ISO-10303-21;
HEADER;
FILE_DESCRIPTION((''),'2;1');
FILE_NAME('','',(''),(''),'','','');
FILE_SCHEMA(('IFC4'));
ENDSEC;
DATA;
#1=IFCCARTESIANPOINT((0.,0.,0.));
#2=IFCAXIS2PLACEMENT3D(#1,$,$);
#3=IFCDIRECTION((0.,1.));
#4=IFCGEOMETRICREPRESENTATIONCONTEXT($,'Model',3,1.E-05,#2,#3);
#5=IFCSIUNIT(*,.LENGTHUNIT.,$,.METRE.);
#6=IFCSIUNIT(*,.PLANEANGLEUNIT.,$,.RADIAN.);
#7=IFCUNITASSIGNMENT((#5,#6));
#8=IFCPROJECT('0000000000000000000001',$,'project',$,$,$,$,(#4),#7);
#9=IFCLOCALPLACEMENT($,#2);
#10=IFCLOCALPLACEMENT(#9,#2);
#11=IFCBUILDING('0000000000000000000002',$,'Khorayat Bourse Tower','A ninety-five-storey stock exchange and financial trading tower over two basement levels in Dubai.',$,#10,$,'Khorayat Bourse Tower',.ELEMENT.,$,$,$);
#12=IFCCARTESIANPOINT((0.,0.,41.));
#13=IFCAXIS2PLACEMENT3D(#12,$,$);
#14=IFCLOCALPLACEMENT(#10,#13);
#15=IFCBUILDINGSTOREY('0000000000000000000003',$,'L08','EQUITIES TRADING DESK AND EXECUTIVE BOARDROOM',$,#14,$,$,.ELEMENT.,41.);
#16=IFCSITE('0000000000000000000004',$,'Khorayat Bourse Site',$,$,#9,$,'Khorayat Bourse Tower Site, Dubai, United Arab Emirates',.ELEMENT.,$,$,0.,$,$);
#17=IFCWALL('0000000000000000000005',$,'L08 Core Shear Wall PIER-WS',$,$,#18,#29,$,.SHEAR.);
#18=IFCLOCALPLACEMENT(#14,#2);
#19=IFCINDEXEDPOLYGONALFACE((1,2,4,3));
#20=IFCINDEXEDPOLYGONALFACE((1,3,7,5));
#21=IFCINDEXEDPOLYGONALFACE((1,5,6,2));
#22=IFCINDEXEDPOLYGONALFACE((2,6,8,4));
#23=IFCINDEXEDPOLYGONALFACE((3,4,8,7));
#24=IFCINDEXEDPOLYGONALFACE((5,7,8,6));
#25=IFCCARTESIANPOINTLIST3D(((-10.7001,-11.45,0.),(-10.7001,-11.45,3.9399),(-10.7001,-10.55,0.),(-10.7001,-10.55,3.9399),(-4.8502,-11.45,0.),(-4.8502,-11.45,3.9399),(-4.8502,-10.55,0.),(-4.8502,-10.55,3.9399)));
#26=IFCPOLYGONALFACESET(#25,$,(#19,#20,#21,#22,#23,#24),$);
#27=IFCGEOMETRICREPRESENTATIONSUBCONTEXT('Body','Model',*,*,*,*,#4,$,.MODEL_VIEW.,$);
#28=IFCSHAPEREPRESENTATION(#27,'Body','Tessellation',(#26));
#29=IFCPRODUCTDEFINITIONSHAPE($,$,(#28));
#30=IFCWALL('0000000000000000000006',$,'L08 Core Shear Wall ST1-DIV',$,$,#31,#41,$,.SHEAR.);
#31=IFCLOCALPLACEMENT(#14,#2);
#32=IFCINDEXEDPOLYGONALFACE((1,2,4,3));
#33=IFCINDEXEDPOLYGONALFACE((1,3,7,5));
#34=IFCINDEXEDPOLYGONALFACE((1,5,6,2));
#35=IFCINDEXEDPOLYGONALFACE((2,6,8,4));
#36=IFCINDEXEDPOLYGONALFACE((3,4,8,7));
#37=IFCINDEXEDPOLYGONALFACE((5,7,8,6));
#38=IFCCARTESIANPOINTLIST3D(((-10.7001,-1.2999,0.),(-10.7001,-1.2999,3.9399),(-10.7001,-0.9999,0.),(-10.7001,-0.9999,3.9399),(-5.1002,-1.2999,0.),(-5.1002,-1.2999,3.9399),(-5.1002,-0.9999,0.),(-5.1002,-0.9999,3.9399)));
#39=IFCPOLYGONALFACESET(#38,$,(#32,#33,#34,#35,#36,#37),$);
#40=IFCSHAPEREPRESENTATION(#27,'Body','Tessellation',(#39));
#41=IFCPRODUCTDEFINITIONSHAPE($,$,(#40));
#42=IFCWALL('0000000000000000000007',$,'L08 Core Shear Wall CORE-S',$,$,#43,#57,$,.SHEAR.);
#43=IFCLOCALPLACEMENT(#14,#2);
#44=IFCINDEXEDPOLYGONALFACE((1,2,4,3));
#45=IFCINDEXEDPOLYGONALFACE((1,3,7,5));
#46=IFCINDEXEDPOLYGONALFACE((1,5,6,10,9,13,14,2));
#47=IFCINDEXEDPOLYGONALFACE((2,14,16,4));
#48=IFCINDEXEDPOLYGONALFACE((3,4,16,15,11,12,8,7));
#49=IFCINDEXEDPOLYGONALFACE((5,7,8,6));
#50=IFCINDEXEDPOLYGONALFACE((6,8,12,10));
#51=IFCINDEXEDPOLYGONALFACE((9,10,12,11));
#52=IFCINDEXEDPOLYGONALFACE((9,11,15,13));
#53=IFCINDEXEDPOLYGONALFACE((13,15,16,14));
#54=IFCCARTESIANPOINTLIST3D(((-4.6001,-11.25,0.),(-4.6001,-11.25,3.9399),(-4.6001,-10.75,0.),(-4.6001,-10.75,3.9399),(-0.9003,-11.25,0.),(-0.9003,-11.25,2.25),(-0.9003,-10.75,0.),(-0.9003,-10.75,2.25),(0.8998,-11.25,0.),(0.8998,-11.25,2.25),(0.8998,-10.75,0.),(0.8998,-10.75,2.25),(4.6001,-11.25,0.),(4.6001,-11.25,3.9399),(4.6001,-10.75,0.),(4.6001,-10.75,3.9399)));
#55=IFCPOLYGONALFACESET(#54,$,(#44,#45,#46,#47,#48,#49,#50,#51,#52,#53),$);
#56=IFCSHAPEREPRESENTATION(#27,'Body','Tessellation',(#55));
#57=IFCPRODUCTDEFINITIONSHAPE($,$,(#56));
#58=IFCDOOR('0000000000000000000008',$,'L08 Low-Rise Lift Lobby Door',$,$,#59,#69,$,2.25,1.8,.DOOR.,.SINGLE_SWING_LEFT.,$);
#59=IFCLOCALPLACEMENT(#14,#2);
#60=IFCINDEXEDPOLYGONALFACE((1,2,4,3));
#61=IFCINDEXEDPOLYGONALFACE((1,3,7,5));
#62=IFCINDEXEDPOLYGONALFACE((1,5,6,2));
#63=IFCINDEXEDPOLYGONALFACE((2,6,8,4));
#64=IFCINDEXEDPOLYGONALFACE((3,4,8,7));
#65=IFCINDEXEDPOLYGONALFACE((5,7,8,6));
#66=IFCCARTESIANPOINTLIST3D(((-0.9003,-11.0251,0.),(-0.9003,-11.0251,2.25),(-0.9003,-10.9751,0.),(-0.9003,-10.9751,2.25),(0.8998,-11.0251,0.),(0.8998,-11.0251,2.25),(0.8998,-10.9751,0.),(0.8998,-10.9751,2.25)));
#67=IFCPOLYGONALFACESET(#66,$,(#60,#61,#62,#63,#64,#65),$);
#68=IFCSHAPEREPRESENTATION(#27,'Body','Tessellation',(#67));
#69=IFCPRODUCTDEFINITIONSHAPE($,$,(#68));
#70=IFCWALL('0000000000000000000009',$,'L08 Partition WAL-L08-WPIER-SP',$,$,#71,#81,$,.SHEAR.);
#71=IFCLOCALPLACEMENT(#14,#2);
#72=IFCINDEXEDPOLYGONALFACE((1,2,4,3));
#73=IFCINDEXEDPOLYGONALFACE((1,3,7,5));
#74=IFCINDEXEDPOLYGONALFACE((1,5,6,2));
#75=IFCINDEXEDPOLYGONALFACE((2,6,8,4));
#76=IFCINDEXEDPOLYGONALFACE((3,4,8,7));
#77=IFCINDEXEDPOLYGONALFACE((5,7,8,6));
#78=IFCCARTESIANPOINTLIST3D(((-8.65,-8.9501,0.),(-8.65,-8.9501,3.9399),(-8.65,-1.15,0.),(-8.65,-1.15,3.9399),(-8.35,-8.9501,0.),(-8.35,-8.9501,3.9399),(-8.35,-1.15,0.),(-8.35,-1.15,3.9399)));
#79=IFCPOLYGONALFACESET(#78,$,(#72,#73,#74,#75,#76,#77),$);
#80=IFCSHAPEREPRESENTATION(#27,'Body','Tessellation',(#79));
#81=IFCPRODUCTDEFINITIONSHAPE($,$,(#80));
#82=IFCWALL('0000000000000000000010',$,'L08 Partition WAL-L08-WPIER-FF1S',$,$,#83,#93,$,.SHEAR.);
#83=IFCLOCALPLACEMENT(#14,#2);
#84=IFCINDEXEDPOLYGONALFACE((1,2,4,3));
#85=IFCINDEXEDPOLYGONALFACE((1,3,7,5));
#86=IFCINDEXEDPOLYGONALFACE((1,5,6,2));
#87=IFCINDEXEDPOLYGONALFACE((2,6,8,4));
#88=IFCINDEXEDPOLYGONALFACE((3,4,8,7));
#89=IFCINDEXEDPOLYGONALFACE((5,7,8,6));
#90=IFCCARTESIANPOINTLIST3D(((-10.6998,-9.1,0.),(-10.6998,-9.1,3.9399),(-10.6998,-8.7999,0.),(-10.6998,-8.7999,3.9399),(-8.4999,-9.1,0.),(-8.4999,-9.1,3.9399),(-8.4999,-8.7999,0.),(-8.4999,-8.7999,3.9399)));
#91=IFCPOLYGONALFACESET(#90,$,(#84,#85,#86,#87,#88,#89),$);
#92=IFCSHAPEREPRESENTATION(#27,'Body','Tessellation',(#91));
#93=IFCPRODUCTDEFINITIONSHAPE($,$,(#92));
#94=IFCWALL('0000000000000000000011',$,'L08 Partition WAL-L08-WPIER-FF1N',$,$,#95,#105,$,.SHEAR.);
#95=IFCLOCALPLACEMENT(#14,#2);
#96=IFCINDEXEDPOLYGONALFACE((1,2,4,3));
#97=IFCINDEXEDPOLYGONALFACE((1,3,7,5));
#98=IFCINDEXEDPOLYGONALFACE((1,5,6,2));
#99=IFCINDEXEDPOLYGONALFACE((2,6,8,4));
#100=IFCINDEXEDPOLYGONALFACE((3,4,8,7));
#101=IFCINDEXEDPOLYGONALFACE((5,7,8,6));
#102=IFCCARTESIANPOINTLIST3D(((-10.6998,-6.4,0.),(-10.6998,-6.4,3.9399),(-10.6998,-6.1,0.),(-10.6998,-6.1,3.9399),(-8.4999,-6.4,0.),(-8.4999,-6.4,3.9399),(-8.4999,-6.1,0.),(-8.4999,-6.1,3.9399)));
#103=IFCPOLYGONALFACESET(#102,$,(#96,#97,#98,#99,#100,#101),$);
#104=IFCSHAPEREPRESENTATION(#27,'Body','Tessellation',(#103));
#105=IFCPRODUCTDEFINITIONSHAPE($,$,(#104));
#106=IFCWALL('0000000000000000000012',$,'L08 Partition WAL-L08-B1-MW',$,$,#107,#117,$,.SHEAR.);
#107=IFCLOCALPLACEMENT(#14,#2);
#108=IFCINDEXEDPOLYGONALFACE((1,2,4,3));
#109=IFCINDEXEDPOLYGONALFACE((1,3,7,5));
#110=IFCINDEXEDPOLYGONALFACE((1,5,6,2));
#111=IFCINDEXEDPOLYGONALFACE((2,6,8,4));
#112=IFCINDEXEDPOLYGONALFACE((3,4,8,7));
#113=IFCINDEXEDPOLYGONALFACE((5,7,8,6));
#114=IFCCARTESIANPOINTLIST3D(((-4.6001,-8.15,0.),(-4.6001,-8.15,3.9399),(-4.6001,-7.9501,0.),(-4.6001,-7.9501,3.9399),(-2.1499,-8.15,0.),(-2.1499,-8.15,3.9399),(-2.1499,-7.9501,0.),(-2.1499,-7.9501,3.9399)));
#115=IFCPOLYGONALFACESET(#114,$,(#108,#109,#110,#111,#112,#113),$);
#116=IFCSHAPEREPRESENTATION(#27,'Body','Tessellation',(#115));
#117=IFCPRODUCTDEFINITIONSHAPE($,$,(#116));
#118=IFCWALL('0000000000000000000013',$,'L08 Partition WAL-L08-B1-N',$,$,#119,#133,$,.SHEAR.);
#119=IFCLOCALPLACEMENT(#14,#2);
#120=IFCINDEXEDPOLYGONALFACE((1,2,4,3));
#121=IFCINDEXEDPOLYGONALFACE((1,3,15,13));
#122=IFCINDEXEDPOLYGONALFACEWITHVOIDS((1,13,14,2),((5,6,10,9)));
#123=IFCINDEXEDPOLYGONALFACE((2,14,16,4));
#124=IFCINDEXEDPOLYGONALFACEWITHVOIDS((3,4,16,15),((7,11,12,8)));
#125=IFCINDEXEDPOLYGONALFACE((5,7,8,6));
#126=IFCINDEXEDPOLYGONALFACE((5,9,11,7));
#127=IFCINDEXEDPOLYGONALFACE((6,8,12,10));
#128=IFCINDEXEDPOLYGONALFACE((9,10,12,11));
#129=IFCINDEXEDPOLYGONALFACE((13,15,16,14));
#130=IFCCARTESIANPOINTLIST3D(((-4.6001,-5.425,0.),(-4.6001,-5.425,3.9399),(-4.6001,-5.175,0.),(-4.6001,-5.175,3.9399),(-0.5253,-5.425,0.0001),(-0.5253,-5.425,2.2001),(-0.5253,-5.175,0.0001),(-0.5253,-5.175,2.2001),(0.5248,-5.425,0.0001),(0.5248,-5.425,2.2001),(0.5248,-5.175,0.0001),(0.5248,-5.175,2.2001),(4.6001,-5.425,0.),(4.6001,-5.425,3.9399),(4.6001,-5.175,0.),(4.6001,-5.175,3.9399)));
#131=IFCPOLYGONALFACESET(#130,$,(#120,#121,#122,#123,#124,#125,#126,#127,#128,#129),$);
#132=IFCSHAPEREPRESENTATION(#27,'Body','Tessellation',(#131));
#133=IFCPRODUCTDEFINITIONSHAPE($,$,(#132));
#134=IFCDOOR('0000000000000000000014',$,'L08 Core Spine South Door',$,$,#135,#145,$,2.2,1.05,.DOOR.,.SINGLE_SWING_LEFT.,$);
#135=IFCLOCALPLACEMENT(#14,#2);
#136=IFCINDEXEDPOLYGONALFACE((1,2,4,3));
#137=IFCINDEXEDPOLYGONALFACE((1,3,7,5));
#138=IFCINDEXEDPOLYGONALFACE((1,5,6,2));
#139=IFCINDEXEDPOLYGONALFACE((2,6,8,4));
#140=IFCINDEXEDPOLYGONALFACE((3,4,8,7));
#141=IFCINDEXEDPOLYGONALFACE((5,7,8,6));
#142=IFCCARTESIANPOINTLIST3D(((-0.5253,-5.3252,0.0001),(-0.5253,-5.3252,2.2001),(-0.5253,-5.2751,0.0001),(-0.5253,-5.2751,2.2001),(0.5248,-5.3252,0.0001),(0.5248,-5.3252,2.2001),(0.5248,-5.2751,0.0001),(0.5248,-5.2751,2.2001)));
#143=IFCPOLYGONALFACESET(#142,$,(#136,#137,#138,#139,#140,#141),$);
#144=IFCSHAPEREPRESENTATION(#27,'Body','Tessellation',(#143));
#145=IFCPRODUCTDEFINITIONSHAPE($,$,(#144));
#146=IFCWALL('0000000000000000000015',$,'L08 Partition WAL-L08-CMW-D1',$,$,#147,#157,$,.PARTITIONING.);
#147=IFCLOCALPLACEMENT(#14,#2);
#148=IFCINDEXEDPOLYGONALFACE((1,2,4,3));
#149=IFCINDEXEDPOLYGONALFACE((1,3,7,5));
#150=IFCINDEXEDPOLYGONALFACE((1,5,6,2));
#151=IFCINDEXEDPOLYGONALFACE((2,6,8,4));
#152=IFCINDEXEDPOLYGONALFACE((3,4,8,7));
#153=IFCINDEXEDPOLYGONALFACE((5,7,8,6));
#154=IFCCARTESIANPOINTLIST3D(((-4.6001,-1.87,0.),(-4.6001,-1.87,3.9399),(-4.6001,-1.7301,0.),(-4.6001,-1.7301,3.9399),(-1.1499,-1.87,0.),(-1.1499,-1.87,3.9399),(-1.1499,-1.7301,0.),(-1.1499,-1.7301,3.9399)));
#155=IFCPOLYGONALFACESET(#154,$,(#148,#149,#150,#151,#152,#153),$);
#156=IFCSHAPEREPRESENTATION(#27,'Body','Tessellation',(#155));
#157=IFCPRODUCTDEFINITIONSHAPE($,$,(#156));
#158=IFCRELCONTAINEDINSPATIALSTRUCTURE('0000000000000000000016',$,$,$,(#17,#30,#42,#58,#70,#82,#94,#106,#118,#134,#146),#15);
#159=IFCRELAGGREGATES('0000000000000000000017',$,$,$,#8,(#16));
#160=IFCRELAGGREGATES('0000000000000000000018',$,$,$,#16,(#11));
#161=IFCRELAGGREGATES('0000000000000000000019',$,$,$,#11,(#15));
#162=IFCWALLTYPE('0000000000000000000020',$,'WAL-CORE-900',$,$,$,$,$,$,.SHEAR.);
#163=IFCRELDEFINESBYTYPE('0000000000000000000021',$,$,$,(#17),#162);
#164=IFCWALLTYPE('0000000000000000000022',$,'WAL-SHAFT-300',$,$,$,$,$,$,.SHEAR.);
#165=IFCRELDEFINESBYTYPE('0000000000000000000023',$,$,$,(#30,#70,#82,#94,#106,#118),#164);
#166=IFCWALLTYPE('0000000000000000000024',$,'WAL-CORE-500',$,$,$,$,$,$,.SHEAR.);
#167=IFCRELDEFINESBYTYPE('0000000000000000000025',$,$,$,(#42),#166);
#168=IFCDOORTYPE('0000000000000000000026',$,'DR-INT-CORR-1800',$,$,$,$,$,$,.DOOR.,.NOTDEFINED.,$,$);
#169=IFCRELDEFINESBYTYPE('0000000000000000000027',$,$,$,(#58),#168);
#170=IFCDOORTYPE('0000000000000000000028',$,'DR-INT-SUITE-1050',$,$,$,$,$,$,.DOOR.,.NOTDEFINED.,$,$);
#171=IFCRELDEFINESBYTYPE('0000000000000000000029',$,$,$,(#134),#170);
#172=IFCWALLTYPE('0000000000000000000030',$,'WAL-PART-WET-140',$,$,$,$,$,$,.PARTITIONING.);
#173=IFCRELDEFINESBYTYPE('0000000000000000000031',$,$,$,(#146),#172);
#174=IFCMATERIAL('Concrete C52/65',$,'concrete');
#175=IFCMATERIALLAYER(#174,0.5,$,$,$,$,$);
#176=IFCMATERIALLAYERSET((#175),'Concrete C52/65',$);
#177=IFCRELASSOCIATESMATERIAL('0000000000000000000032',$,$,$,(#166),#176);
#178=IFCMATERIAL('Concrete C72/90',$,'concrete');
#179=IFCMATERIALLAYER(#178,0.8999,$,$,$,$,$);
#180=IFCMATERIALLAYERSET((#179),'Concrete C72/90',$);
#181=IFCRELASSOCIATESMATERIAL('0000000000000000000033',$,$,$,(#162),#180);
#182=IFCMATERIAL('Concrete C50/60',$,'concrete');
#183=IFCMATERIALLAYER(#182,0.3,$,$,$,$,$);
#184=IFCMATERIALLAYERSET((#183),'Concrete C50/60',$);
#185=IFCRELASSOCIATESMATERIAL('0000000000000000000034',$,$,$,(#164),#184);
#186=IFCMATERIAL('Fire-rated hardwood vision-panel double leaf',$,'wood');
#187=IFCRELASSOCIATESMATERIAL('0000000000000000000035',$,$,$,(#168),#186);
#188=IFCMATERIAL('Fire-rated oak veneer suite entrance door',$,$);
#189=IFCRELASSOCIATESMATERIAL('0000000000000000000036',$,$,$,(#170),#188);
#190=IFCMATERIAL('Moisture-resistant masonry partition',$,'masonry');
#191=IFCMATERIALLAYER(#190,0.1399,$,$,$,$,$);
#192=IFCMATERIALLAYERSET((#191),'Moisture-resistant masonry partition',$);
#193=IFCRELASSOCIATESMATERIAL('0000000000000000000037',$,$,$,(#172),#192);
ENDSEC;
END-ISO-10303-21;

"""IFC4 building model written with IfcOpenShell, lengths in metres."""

from ifc_helpers import new_model, si_unit, direction, frame, frame_2d, origin, place, context, subcontext, project, spatial, rectangle, extrude, source, transform, mapped, material, layer, layer_set, type_object, element, fill, save


model = new_model("IFC4")

# Units and contexts
model_context = context("Model", 3, precision=1e-05, world=origin(), true_north=direction((0.0, 1.0)))
body_context = subcontext(model_context, "Body", "Model", "MODEL_VIEW")
ifc_project = project(units=[si_unit("LENGTHUNIT", "METRE"), si_unit("PLANEANGLEUNIT", "RADIAN")], contexts=[model_context])

# Site, building, storey
site_placement = place(None, origin())
site = spatial("IfcSite", under=ifc_project, at=site_placement, Name="Khorayat Bourse Site", LongName="Khorayat Bourse Tower Site, Dubai, United Arab Emirates", CompositionType="ELEMENT", RefElevation=0.0)
building_placement = place(site_placement, origin())
building = spatial("IfcBuilding", under=site, at=building_placement, Name="Khorayat Bourse Tower", Description="A ninety-five-storey stock exchange and financial trading tower over two basement levels in Dubai.", LongName="Khorayat Bourse Tower", CompositionType="ELEMENT")
storey_placement = place(building_placement, frame((0.0, 0.0, 41.0)))
storey = spatial("IfcBuildingStorey", under=building, at=storey_placement, Name="L08", Description="EQUITIES TRADING DESK AND EXECUTIVE BOARDROOM", CompositionType="ELEMENT", Elevation=41.0)

# Shared definitions
ifc_material_1 = material(Name="Concrete C72/90", Category="concrete")

# Walls
ifc_material_2 = material(Name="Concrete C52/65", Category="concrete")
ifc_layer_1 = layer(ifc_material_2, 0.5)
ifc_layer_set_1 = layer_set([ifc_layer_1], Name="Concrete C52/65")
wall_type_1 = type_object("IfcWallType", Name="WAL-CORE-500", PredefinedType="SHEAR", material=ifc_layer_set_1)
ifc_layer_2 = layer(ifc_material_1, 0.8999)
ifc_layer_set_2 = layer_set([ifc_layer_2], Name="Concrete C72/90")
wall_type_2 = type_object("IfcWallType", Name="WAL-CORE-900", PredefinedType="SHEAR", material=ifc_layer_set_2)
shared_shape_1 = source(origin(), body_context, "Body", "SweptSolid", [
    extrude(rectangle(XDim=5.8499, YDim=0.8999, at=frame_2d((2.9248, 0.0))), origin(), (0.0, 0.0, 1.0), 3.9399),
])
wall_1_placement = place(storey_placement, frame((-10.7, -11.0, 0.0), z_axis=(0.0, 0.0, 1.0), x_axis=(1.0, 0.0, 0.0)))
element("IfcWall", 1, at=wall_1_placement, inside=storey, type_object=wall_type_2, Name="L08 Core Shear Wall PIER-WS", PredefinedType="SHEAR", context=body_context, shape_type="MappedRepresentation", body=[
    mapped(shared_shape_1, transform((0.0, 0.0, 0.0), scale=1.0)),
])
ifc_material_3 = material(Name="Concrete C50/60", Category="concrete")
ifc_layer_3 = layer(ifc_material_3, 0.3)
ifc_layer_set_3 = layer_set([ifc_layer_3], Name="Concrete C50/60")
wall_type_3 = type_object("IfcWallType", Name="WAL-SHAFT-300", PredefinedType="SHEAR", material=ifc_layer_set_3)
shared_shape_2 = source(origin(), body_context, "Body", "SweptSolid", [
    extrude(rectangle(XDim=5.5999, YDim=0.3, at=frame_2d((2.7998, 0.0))), origin(), (0.0, 0.0, 1.0), 3.9399),
])
wall_2_placement = place(storey_placement, frame((-10.7, -1.1499, 0.0), z_axis=(0.0, 0.0, 1.0), x_axis=(1.0, 0.0, 0.0)))
element("IfcWall", 2, at=wall_2_placement, inside=storey, type_object=wall_type_3, Name="L08 Core Shear Wall ST1-DIV", PredefinedType="SHEAR", context=body_context, shape_type="MappedRepresentation", body=[
    mapped(shared_shape_2, transform((0.0, 0.0, 0.0), scale=1.0)),
])

# Wall, opening, door
shared_shape_3 = source(origin(), body_context, "Body", "SweptSolid", [
    extrude(rectangle(XDim=9.2002, YDim=0.5, at=frame_2d((4.6001, 0.0))), origin(), (0.0, 0.0, 1.0), 3.9399),
])
wall_3_placement = place(storey_placement, frame((-4.6001, -11.0, 0.0), z_axis=(0.0, 0.0, 1.0), x_axis=(1.0, 0.0, 0.0)))
wall_3 = element("IfcWall", 3, at=wall_3_placement, inside=storey, type_object=wall_type_1, Name="L08 Core Shear Wall CORE-S", PredefinedType="SHEAR", context=body_context, shape_type="MappedRepresentation", body=[
    mapped(shared_shape_3, transform((0.0, 0.0, 0.0), scale=1.0)),
])
shared_shape_4 = source(origin(), body_context, "Body", "SweptSolid", [
    extrude(rectangle(XDim=1.8, YDim=2.25, at=frame_2d((0.8999, 1.125))), frame((0.0, 0.26, 0.0), z_axis=(0.0, -1.0, 0.0), x_axis=(1.0, 0.0, 0.0)), (0.0, 0.0, 1.0), 0.52),
])
opening_1_placement = place(wall_3_placement, frame((3.7, 0.0, 0.0)))
opening_1 = element("IfcOpeningElement", 4, at=opening_1_placement, cuts=wall_3, PredefinedType="OPENING", context=body_context, shape_type="MappedRepresentation", body=[
    mapped(shared_shape_4, transform((0.0, 0.0, 0.0), scale=1.0)),
])
ifc_material_4 = material(Name="Fire-rated hardwood vision-panel double leaf", Category="wood")
door_type_1 = type_object("IfcDoorType", Name="DR-INT-CORR-1800", OperationType="NOTDEFINED", PredefinedType="DOOR", material=ifc_material_4)
shared_shape_5 = source(origin(), body_context, "Body", "SweptSolid", [
    extrude(rectangle(XDim=1.8, YDim=2.25, at=frame_2d((0.8999, 1.125))), frame((0.0, 0.0249, 0.0), z_axis=(0.0, -1.0, 0.0), x_axis=(1.0, 0.0, 0.0)), (0.0, 0.0, 1.0), 0.05),
])
door_1_placement = place(opening_1_placement, origin())
door_1 = element("IfcDoor", 5, at=door_1_placement, inside=storey, type_object=door_type_1, Name="L08 Low-Rise Lift Lobby Door", OperationType="SINGLE_SWING_LEFT", OverallHeight=2.25, OverallWidth=1.8, PredefinedType="DOOR", context=body_context, shape_type="MappedRepresentation", body=[
    mapped(shared_shape_5, transform((0.0, 0.0, 0.0), scale=1.0)),
])
fill(opening_1, door_1)

# Walls
shared_shape_6 = source(origin(), body_context, "Body", "SweptSolid", [
    extrude(rectangle(XDim=7.8, YDim=0.3, at=frame_2d((3.8999, 0.0))), origin(), (0.0, 0.0, 1.0), 3.9399),
])
wall_4_placement = place(storey_placement, frame((-8.5, -8.95, 0.0), z_axis=(0.0, 0.0, 1.0), x_axis=(0.0, 1.0, 0.0)))
element("IfcWall", 6, at=wall_4_placement, inside=storey, type_object=wall_type_3, Name="L08 Partition WAL-L08-WPIER-SP", PredefinedType="SHEAR", context=body_context, shape_type="MappedRepresentation", body=[
    mapped(shared_shape_6, transform((0.0, 0.0, 0.0), scale=1.0)),
])
shared_shape_7 = source(origin(), body_context, "Body", "SweptSolid", [
    extrude(rectangle(XDim=2.2, YDim=0.3, at=frame_2d((1.1001, 0.0))), origin(), (0.0, 0.0, 1.0), 3.9399),
])
for number, where, z_axis, x_axis, name in (
    (7, (-10.7, -8.95, 0.0), (0.0, 0.0, 1.0), (1.0, 0.0, 0.0), "L08 Partition WAL-L08-WPIER-FF1S"),
    (8, (-10.7, -6.25, 0.0), (0.0, 0.0, 1.0), (1.0, 0.0, 0.0), "L08 Partition WAL-L08-WPIER-FF1N"),
):
    element("IfcWall", number, at=place(storey_placement, frame(where, z_axis=z_axis, x_axis=x_axis)), inside=storey, type_object=wall_type_3, Name=name, PredefinedType="SHEAR", context=body_context, shape_type="MappedRepresentation", body=[
        mapped(shared_shape_7, transform((0.0, 0.0, 0.0), scale=1.0)),
    ])
shared_shape_8 = source(origin(), body_context, "Body", "SweptSolid", [
    extrude(rectangle(XDim=2.4502, YDim=0.2, at=frame_2d((1.2251, 0.0))), origin(), (0.0, 0.0, 1.0), 3.9399),
])
wall_5_placement = place(storey_placement, frame((-4.6001, -8.05, 0.0), z_axis=(0.0, 0.0, 1.0), x_axis=(1.0, 0.0, 0.0)))
element("IfcWall", 9, at=wall_5_placement, inside=storey, type_object=wall_type_3, Name="L08 Partition WAL-L08-B1-MW", PredefinedType="SHEAR", context=body_context, shape_type="MappedRepresentation", body=[
    mapped(shared_shape_8, transform((0.0, 0.0, 0.0), scale=1.0)),
])

# Wall, opening, door
shared_shape_9 = source(origin(), body_context, "Body", "SweptSolid", [
    extrude(rectangle(XDim=9.2002, YDim=0.25, at=frame_2d((4.6001, 0.0))), origin(), (0.0, 0.0, 1.0), 3.9399),
])
wall_6_placement = place(storey_placement, frame((-4.6001, -5.3, 0.0), z_axis=(0.0, 0.0, 1.0), x_axis=(1.0, 0.0, 0.0)))
wall_6 = element("IfcWall", 10, at=wall_6_placement, inside=storey, type_object=wall_type_3, Name="L08 Partition WAL-L08-B1-N", PredefinedType="SHEAR", context=body_context, shape_type="MappedRepresentation", body=[
    mapped(shared_shape_9, transform((0.0, 0.0, 0.0), scale=1.0)),
])
shared_shape_10 = source(origin(), body_context, "Body", "SweptSolid", [
    extrude(rectangle(XDim=1.05, YDim=2.2, at=frame_2d((0.5249, 1.1001))), frame((0.0, 0.135, 0.0), z_axis=(0.0, -1.0, 0.0), x_axis=(1.0, 0.0, 0.0)), (0.0, 0.0, 1.0), 0.27),
])
opening_2_placement = place(wall_6_placement, frame((4.075, 0.0, 0.0)))
opening_2 = element("IfcOpeningElement", 11, at=opening_2_placement, cuts=wall_6, PredefinedType="OPENING", context=body_context, shape_type="MappedRepresentation", body=[
    mapped(shared_shape_10, transform((0.0, 0.0, 0.0), scale=1.0)),
])
ifc_material_5 = material(Name="Fire-rated oak veneer suite entrance door")
door_type_2 = type_object("IfcDoorType", Name="DR-INT-SUITE-1050", OperationType="NOTDEFINED", PredefinedType="DOOR", material=ifc_material_5)
shared_shape_11 = source(origin(), body_context, "Body", "SweptSolid", [
    extrude(rectangle(XDim=1.05, YDim=2.2, at=frame_2d((0.5249, 1.1001))), frame((0.0, 0.0249, 0.0), z_axis=(0.0, -1.0, 0.0), x_axis=(1.0, 0.0, 0.0)), (0.0, 0.0, 1.0), 0.05),
])
door_2_placement = place(opening_2_placement, origin())
door_2 = element("IfcDoor", 12, at=door_2_placement, inside=storey, type_object=door_type_2, Name="L08 Core Spine South Door", OperationType="SINGLE_SWING_LEFT", OverallHeight=2.2, OverallWidth=1.05, PredefinedType="DOOR", context=body_context, shape_type="MappedRepresentation", body=[
    mapped(shared_shape_11, transform((0.0, 0.0, 0.0), scale=1.0)),
])
fill(opening_2, door_2)

# Wall
ifc_material_6 = material(Name="Moisture-resistant masonry partition", Category="masonry")
ifc_layer_4 = layer(ifc_material_6, 0.1399)
ifc_layer_set_4 = layer_set([ifc_layer_4], Name="Moisture-resistant masonry partition")
wall_type_4 = type_object("IfcWallType", Name="WAL-PART-WET-140", PredefinedType="PARTITIONING", material=ifc_layer_set_4)
shared_shape_12 = source(origin(), body_context, "Body", "SweptSolid", [
    extrude(rectangle(XDim=3.4502, YDim=0.1399, at=frame_2d((1.7251, 0.0))), origin(), (0.0, 0.0, 1.0), 3.9399),
])
wall_7_placement = place(storey_placement, frame((-4.6001, -1.8, 0.0), z_axis=(0.0, 0.0, 1.0), x_axis=(1.0, 0.0, 0.0)))
element("IfcWall", 13, at=wall_7_placement, inside=storey, type_object=wall_type_4, Name="L08 Partition WAL-L08-CMW-D1", PredefinedType="PARTITIONING", context=body_context, shape_type="MappedRepresentation", body=[
    mapped(shared_shape_12, transform((0.0, 0.0, 0.0), scale=1.0)),
])

save(model, "model.ifc")
